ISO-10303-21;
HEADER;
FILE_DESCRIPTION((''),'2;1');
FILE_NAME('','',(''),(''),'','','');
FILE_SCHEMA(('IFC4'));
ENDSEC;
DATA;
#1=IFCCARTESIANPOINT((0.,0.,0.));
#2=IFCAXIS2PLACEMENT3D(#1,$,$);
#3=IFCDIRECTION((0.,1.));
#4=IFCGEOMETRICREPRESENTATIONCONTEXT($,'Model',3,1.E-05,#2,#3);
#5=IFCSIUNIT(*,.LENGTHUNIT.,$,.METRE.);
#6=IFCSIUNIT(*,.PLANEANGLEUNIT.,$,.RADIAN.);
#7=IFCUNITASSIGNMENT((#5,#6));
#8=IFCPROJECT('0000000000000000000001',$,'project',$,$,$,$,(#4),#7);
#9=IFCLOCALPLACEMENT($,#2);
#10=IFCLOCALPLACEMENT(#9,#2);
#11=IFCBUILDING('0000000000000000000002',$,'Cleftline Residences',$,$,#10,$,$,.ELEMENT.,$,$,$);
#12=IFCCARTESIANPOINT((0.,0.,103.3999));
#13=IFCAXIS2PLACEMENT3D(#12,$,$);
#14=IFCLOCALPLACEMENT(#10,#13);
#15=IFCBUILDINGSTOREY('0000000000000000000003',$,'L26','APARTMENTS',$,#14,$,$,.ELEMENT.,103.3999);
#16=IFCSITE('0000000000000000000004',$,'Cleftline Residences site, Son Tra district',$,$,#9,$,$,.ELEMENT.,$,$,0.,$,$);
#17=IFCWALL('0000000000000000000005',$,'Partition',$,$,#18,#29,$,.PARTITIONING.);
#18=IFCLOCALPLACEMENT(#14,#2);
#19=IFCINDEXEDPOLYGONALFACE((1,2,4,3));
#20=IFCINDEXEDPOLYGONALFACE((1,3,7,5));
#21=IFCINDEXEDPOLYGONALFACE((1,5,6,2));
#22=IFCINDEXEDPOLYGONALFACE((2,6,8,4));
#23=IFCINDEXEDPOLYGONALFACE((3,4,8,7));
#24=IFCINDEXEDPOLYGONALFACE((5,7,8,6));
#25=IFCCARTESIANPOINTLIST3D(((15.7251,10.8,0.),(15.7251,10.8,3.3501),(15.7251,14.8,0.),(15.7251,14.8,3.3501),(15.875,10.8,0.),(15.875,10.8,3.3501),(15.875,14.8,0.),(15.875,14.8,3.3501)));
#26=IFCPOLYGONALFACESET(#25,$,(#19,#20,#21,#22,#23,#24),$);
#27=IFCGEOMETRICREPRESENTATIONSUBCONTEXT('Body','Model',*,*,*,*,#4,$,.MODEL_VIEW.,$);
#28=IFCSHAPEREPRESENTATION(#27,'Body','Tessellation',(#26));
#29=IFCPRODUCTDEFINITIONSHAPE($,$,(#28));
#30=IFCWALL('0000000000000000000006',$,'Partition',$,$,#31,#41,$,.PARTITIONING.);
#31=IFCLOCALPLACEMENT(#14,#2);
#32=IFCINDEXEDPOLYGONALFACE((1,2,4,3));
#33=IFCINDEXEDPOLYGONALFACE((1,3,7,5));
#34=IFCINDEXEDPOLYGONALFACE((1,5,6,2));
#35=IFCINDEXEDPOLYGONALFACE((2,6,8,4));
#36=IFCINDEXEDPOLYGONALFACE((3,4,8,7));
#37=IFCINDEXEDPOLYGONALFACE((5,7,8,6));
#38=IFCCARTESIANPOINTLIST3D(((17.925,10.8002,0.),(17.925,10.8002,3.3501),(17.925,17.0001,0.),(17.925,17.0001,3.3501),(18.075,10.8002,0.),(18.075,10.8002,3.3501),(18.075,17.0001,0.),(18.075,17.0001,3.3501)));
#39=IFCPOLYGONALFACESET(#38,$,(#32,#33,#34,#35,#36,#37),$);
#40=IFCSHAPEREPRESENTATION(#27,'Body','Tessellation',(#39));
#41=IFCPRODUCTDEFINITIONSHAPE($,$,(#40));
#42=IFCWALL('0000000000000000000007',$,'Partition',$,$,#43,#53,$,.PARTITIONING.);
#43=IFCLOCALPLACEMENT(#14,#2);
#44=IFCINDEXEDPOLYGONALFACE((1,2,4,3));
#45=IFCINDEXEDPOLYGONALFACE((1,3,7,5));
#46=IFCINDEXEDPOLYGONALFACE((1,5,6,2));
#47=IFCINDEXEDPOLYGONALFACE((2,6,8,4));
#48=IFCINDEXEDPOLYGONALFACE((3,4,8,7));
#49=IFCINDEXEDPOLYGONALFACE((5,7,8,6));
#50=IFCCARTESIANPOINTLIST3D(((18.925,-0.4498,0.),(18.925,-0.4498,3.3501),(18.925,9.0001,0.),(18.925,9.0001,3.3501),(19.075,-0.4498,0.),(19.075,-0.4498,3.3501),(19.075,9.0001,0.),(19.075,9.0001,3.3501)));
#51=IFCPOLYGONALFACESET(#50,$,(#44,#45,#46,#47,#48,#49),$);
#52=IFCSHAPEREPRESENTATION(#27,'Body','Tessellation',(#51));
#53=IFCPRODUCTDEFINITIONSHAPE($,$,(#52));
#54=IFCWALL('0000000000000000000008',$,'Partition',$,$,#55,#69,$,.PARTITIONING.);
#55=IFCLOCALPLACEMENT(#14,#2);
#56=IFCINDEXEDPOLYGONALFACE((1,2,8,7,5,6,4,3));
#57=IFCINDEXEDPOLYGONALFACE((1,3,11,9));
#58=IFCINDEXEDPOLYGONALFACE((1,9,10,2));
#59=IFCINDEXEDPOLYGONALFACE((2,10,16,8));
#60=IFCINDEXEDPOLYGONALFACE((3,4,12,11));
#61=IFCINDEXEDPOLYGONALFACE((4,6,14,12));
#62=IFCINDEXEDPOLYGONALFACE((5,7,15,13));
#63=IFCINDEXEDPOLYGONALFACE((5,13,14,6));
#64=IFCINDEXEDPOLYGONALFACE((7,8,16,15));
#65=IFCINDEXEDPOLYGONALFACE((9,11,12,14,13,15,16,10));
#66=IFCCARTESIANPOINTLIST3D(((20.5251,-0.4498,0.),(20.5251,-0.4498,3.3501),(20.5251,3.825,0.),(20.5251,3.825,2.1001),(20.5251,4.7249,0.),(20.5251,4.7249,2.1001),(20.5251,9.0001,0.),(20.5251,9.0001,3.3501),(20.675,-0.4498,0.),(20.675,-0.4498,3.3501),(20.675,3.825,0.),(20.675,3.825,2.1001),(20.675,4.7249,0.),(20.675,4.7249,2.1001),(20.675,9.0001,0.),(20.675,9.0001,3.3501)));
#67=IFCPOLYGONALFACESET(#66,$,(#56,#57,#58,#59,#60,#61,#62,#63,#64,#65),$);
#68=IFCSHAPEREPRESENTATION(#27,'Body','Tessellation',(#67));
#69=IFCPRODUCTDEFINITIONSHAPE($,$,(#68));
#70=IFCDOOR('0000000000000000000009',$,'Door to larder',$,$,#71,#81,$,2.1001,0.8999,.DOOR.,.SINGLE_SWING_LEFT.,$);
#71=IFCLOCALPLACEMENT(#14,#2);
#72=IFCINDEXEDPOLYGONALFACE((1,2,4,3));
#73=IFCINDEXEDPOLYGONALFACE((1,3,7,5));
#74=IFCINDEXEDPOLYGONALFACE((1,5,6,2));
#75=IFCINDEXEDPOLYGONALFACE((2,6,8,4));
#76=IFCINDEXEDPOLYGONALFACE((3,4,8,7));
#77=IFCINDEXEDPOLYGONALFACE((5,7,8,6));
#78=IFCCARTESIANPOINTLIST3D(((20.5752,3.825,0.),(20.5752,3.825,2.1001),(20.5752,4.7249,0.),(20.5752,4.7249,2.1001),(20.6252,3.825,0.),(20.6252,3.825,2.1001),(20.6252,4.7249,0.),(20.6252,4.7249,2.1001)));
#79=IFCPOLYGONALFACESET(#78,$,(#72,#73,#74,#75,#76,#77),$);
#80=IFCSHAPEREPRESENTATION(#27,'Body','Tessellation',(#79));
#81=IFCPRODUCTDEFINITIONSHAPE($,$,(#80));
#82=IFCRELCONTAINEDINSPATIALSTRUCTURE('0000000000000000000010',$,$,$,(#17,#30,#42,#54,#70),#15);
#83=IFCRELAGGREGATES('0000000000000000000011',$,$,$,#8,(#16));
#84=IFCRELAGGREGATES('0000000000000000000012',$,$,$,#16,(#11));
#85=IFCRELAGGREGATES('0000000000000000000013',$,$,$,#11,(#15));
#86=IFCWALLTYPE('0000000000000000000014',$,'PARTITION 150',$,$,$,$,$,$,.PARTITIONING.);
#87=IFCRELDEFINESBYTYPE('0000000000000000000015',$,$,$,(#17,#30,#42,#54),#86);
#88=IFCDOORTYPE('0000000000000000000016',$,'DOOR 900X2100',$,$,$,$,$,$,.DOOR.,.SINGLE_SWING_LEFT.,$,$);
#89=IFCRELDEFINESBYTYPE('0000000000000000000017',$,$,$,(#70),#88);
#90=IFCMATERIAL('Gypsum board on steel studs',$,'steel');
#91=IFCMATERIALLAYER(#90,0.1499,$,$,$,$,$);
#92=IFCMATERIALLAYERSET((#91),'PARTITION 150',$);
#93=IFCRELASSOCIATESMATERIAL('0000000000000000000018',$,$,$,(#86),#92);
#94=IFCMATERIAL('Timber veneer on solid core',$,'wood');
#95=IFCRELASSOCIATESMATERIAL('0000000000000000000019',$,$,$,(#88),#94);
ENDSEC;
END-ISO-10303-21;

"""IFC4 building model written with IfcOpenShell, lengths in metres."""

from ifc_helpers import new_model, si_unit, direction, frame, frame_2d, origin, place, context, subcontext, project, spatial, rectangle, extrude, material, layer, layer_set, type_object, element, fill, save


model = new_model("IFC4")

# Units and contexts
model_context = context("Model", 3, precision=1e-05, world=origin(), true_north=direction((0.0, 1.0)))
body_context = subcontext(model_context, "Body", "Model", "MODEL_VIEW")
ifc_project = project(units=[si_unit("LENGTHUNIT", "METRE"), si_unit("PLANEANGLEUNIT", "RADIAN")], contexts=[model_context])

# Site, building, storey
site_placement = place(None, origin())
site = spatial("IfcSite", under=ifc_project, at=site_placement, Name="Cleftline Residences site, Son Tra district", CompositionType="ELEMENT", RefElevation=0.0)
building_placement = place(site_placement, origin())
building = spatial("IfcBuilding", under=site, at=building_placement, Name="Cleftline Residences", CompositionType="ELEMENT")
storey_placement = place(building_placement, frame((0.0, 0.0, 103.3999)))
storey = spatial("IfcBuildingStorey", under=building, at=storey_placement, Name="L26", Description="APARTMENTS", CompositionType="ELEMENT", Elevation=103.3999)

# Shared definitions
ifc_material_1 = material(Name="Gypsum board on steel studs", Category="steel")
ifc_layer_1 = layer(ifc_material_1, 0.1499)
ifc_layer_set_1 = layer_set([ifc_layer_1], Name="PARTITION 150")
wall_type = type_object("IfcWallType", Name="PARTITION 150", PredefinedType="PARTITIONING", material=ifc_layer_set_1)

# Walls
wall_1_placement = place(storey_placement, frame((15.8, 10.8, 0.0), z_axis=(0.0, 0.0, 1.0), x_axis=(0.0, 1.0, 0.0)))
element("IfcWall", 1, at=wall_1_placement, inside=storey, type_object=wall_type, Name="Partition", PredefinedType="PARTITIONING", context=body_context, shape_type="SweptSolid", body=[
    extrude(rectangle(XDim=4.0, YDim=0.1499, at=frame_2d((2.0, 0.0))), origin(), (0.0, 0.0, 1.0), 3.3501),
])
wall_2_placement = place(storey_placement, frame((18.0, 10.8, 0.0), z_axis=(0.0, 0.0, 1.0), x_axis=(0.0, 1.0, 0.0)))
element("IfcWall", 2, at=wall_2_placement, inside=storey, type_object=wall_type, Name="Partition", PredefinedType="PARTITIONING", context=body_context, shape_type="SweptSolid", body=[
    extrude(rectangle(XDim=6.2, YDim=0.1499, at=frame_2d((3.1001, 0.0))), origin(), (0.0, 0.0, 1.0), 3.3501),
])
wall_3_placement = place(storey_placement, frame((19.0, -0.45, 0.0), z_axis=(0.0, 0.0, 1.0), x_axis=(0.0, 1.0, 0.0)))
element("IfcWall", 3, at=wall_3_placement, inside=storey, type_object=wall_type, Name="Partition", PredefinedType="PARTITIONING", context=body_context, shape_type="SweptSolid", body=[
    extrude(rectangle(XDim=9.45, YDim=0.1499, at=frame_2d((4.7251, 0.0))), origin(), (0.0, 0.0, 1.0), 3.3501),
])

# Wall, opening, door
wall_4_placement = place(storey_placement, frame((20.6001, -0.45, 0.0), z_axis=(0.0, 0.0, 1.0), x_axis=(0.0, 1.0, 0.0)))
wall_4 = element("IfcWall", 4, at=wall_4_placement, inside=storey, type_object=wall_type, Name="Partition", PredefinedType="PARTITIONING", context=body_context, shape_type="SweptSolid", body=[
    extrude(rectangle(XDim=9.45, YDim=0.1499, at=frame_2d((4.7251, 0.0))), origin(), (0.0, 0.0, 1.0), 3.3501),
])
opening_1_placement = place(wall_4_placement, frame((4.2749, 0.0, 0.0)))
opening_1 = element("IfcOpeningElement", 5, at=opening_1_placement, cuts=wall_4, PredefinedType="OPENING", context=body_context, shape_type="SweptSolid", body=[
    extrude(rectangle(XDim=0.8999, YDim=2.1001, at=frame_2d((0.45, 1.05))), frame((0.0, 0.085, 0.0), z_axis=(0.0, -1.0, 0.0), x_axis=(1.0, 0.0, 0.0)), (0.0, 0.0, 1.0), 0.1699),
])
ifc_material_2 = material(Name="Timber veneer on solid core", Category="wood")
door_type_1 = type_object("IfcDoorType", Name="DOOR 900X2100", OperationType="SINGLE_SWING_LEFT", PredefinedType="DOOR", material=ifc_material_2)
door_1_placement = place(opening_1_placement, origin())
door_1 = element("IfcDoor", 6, at=door_1_placement, inside=storey, type_object=door_type_1, Name="Door to larder", OperationType="SINGLE_SWING_LEFT", OverallHeight=2.1001, OverallWidth=0.8999, PredefinedType="DOOR", context=body_context, shape_type="SweptSolid", body=[
    extrude(rectangle(XDim=0.8999, YDim=2.1001, at=frame_2d((0.45, 1.05))), frame((0.0, 0.0249, 0.0), z_axis=(0.0, -1.0, 0.0), x_axis=(1.0, 0.0, 0.0)), (0.0, 0.0, 1.0), 0.05),
])
fill(opening_1, door_1)

save(model, "model.ifc")
